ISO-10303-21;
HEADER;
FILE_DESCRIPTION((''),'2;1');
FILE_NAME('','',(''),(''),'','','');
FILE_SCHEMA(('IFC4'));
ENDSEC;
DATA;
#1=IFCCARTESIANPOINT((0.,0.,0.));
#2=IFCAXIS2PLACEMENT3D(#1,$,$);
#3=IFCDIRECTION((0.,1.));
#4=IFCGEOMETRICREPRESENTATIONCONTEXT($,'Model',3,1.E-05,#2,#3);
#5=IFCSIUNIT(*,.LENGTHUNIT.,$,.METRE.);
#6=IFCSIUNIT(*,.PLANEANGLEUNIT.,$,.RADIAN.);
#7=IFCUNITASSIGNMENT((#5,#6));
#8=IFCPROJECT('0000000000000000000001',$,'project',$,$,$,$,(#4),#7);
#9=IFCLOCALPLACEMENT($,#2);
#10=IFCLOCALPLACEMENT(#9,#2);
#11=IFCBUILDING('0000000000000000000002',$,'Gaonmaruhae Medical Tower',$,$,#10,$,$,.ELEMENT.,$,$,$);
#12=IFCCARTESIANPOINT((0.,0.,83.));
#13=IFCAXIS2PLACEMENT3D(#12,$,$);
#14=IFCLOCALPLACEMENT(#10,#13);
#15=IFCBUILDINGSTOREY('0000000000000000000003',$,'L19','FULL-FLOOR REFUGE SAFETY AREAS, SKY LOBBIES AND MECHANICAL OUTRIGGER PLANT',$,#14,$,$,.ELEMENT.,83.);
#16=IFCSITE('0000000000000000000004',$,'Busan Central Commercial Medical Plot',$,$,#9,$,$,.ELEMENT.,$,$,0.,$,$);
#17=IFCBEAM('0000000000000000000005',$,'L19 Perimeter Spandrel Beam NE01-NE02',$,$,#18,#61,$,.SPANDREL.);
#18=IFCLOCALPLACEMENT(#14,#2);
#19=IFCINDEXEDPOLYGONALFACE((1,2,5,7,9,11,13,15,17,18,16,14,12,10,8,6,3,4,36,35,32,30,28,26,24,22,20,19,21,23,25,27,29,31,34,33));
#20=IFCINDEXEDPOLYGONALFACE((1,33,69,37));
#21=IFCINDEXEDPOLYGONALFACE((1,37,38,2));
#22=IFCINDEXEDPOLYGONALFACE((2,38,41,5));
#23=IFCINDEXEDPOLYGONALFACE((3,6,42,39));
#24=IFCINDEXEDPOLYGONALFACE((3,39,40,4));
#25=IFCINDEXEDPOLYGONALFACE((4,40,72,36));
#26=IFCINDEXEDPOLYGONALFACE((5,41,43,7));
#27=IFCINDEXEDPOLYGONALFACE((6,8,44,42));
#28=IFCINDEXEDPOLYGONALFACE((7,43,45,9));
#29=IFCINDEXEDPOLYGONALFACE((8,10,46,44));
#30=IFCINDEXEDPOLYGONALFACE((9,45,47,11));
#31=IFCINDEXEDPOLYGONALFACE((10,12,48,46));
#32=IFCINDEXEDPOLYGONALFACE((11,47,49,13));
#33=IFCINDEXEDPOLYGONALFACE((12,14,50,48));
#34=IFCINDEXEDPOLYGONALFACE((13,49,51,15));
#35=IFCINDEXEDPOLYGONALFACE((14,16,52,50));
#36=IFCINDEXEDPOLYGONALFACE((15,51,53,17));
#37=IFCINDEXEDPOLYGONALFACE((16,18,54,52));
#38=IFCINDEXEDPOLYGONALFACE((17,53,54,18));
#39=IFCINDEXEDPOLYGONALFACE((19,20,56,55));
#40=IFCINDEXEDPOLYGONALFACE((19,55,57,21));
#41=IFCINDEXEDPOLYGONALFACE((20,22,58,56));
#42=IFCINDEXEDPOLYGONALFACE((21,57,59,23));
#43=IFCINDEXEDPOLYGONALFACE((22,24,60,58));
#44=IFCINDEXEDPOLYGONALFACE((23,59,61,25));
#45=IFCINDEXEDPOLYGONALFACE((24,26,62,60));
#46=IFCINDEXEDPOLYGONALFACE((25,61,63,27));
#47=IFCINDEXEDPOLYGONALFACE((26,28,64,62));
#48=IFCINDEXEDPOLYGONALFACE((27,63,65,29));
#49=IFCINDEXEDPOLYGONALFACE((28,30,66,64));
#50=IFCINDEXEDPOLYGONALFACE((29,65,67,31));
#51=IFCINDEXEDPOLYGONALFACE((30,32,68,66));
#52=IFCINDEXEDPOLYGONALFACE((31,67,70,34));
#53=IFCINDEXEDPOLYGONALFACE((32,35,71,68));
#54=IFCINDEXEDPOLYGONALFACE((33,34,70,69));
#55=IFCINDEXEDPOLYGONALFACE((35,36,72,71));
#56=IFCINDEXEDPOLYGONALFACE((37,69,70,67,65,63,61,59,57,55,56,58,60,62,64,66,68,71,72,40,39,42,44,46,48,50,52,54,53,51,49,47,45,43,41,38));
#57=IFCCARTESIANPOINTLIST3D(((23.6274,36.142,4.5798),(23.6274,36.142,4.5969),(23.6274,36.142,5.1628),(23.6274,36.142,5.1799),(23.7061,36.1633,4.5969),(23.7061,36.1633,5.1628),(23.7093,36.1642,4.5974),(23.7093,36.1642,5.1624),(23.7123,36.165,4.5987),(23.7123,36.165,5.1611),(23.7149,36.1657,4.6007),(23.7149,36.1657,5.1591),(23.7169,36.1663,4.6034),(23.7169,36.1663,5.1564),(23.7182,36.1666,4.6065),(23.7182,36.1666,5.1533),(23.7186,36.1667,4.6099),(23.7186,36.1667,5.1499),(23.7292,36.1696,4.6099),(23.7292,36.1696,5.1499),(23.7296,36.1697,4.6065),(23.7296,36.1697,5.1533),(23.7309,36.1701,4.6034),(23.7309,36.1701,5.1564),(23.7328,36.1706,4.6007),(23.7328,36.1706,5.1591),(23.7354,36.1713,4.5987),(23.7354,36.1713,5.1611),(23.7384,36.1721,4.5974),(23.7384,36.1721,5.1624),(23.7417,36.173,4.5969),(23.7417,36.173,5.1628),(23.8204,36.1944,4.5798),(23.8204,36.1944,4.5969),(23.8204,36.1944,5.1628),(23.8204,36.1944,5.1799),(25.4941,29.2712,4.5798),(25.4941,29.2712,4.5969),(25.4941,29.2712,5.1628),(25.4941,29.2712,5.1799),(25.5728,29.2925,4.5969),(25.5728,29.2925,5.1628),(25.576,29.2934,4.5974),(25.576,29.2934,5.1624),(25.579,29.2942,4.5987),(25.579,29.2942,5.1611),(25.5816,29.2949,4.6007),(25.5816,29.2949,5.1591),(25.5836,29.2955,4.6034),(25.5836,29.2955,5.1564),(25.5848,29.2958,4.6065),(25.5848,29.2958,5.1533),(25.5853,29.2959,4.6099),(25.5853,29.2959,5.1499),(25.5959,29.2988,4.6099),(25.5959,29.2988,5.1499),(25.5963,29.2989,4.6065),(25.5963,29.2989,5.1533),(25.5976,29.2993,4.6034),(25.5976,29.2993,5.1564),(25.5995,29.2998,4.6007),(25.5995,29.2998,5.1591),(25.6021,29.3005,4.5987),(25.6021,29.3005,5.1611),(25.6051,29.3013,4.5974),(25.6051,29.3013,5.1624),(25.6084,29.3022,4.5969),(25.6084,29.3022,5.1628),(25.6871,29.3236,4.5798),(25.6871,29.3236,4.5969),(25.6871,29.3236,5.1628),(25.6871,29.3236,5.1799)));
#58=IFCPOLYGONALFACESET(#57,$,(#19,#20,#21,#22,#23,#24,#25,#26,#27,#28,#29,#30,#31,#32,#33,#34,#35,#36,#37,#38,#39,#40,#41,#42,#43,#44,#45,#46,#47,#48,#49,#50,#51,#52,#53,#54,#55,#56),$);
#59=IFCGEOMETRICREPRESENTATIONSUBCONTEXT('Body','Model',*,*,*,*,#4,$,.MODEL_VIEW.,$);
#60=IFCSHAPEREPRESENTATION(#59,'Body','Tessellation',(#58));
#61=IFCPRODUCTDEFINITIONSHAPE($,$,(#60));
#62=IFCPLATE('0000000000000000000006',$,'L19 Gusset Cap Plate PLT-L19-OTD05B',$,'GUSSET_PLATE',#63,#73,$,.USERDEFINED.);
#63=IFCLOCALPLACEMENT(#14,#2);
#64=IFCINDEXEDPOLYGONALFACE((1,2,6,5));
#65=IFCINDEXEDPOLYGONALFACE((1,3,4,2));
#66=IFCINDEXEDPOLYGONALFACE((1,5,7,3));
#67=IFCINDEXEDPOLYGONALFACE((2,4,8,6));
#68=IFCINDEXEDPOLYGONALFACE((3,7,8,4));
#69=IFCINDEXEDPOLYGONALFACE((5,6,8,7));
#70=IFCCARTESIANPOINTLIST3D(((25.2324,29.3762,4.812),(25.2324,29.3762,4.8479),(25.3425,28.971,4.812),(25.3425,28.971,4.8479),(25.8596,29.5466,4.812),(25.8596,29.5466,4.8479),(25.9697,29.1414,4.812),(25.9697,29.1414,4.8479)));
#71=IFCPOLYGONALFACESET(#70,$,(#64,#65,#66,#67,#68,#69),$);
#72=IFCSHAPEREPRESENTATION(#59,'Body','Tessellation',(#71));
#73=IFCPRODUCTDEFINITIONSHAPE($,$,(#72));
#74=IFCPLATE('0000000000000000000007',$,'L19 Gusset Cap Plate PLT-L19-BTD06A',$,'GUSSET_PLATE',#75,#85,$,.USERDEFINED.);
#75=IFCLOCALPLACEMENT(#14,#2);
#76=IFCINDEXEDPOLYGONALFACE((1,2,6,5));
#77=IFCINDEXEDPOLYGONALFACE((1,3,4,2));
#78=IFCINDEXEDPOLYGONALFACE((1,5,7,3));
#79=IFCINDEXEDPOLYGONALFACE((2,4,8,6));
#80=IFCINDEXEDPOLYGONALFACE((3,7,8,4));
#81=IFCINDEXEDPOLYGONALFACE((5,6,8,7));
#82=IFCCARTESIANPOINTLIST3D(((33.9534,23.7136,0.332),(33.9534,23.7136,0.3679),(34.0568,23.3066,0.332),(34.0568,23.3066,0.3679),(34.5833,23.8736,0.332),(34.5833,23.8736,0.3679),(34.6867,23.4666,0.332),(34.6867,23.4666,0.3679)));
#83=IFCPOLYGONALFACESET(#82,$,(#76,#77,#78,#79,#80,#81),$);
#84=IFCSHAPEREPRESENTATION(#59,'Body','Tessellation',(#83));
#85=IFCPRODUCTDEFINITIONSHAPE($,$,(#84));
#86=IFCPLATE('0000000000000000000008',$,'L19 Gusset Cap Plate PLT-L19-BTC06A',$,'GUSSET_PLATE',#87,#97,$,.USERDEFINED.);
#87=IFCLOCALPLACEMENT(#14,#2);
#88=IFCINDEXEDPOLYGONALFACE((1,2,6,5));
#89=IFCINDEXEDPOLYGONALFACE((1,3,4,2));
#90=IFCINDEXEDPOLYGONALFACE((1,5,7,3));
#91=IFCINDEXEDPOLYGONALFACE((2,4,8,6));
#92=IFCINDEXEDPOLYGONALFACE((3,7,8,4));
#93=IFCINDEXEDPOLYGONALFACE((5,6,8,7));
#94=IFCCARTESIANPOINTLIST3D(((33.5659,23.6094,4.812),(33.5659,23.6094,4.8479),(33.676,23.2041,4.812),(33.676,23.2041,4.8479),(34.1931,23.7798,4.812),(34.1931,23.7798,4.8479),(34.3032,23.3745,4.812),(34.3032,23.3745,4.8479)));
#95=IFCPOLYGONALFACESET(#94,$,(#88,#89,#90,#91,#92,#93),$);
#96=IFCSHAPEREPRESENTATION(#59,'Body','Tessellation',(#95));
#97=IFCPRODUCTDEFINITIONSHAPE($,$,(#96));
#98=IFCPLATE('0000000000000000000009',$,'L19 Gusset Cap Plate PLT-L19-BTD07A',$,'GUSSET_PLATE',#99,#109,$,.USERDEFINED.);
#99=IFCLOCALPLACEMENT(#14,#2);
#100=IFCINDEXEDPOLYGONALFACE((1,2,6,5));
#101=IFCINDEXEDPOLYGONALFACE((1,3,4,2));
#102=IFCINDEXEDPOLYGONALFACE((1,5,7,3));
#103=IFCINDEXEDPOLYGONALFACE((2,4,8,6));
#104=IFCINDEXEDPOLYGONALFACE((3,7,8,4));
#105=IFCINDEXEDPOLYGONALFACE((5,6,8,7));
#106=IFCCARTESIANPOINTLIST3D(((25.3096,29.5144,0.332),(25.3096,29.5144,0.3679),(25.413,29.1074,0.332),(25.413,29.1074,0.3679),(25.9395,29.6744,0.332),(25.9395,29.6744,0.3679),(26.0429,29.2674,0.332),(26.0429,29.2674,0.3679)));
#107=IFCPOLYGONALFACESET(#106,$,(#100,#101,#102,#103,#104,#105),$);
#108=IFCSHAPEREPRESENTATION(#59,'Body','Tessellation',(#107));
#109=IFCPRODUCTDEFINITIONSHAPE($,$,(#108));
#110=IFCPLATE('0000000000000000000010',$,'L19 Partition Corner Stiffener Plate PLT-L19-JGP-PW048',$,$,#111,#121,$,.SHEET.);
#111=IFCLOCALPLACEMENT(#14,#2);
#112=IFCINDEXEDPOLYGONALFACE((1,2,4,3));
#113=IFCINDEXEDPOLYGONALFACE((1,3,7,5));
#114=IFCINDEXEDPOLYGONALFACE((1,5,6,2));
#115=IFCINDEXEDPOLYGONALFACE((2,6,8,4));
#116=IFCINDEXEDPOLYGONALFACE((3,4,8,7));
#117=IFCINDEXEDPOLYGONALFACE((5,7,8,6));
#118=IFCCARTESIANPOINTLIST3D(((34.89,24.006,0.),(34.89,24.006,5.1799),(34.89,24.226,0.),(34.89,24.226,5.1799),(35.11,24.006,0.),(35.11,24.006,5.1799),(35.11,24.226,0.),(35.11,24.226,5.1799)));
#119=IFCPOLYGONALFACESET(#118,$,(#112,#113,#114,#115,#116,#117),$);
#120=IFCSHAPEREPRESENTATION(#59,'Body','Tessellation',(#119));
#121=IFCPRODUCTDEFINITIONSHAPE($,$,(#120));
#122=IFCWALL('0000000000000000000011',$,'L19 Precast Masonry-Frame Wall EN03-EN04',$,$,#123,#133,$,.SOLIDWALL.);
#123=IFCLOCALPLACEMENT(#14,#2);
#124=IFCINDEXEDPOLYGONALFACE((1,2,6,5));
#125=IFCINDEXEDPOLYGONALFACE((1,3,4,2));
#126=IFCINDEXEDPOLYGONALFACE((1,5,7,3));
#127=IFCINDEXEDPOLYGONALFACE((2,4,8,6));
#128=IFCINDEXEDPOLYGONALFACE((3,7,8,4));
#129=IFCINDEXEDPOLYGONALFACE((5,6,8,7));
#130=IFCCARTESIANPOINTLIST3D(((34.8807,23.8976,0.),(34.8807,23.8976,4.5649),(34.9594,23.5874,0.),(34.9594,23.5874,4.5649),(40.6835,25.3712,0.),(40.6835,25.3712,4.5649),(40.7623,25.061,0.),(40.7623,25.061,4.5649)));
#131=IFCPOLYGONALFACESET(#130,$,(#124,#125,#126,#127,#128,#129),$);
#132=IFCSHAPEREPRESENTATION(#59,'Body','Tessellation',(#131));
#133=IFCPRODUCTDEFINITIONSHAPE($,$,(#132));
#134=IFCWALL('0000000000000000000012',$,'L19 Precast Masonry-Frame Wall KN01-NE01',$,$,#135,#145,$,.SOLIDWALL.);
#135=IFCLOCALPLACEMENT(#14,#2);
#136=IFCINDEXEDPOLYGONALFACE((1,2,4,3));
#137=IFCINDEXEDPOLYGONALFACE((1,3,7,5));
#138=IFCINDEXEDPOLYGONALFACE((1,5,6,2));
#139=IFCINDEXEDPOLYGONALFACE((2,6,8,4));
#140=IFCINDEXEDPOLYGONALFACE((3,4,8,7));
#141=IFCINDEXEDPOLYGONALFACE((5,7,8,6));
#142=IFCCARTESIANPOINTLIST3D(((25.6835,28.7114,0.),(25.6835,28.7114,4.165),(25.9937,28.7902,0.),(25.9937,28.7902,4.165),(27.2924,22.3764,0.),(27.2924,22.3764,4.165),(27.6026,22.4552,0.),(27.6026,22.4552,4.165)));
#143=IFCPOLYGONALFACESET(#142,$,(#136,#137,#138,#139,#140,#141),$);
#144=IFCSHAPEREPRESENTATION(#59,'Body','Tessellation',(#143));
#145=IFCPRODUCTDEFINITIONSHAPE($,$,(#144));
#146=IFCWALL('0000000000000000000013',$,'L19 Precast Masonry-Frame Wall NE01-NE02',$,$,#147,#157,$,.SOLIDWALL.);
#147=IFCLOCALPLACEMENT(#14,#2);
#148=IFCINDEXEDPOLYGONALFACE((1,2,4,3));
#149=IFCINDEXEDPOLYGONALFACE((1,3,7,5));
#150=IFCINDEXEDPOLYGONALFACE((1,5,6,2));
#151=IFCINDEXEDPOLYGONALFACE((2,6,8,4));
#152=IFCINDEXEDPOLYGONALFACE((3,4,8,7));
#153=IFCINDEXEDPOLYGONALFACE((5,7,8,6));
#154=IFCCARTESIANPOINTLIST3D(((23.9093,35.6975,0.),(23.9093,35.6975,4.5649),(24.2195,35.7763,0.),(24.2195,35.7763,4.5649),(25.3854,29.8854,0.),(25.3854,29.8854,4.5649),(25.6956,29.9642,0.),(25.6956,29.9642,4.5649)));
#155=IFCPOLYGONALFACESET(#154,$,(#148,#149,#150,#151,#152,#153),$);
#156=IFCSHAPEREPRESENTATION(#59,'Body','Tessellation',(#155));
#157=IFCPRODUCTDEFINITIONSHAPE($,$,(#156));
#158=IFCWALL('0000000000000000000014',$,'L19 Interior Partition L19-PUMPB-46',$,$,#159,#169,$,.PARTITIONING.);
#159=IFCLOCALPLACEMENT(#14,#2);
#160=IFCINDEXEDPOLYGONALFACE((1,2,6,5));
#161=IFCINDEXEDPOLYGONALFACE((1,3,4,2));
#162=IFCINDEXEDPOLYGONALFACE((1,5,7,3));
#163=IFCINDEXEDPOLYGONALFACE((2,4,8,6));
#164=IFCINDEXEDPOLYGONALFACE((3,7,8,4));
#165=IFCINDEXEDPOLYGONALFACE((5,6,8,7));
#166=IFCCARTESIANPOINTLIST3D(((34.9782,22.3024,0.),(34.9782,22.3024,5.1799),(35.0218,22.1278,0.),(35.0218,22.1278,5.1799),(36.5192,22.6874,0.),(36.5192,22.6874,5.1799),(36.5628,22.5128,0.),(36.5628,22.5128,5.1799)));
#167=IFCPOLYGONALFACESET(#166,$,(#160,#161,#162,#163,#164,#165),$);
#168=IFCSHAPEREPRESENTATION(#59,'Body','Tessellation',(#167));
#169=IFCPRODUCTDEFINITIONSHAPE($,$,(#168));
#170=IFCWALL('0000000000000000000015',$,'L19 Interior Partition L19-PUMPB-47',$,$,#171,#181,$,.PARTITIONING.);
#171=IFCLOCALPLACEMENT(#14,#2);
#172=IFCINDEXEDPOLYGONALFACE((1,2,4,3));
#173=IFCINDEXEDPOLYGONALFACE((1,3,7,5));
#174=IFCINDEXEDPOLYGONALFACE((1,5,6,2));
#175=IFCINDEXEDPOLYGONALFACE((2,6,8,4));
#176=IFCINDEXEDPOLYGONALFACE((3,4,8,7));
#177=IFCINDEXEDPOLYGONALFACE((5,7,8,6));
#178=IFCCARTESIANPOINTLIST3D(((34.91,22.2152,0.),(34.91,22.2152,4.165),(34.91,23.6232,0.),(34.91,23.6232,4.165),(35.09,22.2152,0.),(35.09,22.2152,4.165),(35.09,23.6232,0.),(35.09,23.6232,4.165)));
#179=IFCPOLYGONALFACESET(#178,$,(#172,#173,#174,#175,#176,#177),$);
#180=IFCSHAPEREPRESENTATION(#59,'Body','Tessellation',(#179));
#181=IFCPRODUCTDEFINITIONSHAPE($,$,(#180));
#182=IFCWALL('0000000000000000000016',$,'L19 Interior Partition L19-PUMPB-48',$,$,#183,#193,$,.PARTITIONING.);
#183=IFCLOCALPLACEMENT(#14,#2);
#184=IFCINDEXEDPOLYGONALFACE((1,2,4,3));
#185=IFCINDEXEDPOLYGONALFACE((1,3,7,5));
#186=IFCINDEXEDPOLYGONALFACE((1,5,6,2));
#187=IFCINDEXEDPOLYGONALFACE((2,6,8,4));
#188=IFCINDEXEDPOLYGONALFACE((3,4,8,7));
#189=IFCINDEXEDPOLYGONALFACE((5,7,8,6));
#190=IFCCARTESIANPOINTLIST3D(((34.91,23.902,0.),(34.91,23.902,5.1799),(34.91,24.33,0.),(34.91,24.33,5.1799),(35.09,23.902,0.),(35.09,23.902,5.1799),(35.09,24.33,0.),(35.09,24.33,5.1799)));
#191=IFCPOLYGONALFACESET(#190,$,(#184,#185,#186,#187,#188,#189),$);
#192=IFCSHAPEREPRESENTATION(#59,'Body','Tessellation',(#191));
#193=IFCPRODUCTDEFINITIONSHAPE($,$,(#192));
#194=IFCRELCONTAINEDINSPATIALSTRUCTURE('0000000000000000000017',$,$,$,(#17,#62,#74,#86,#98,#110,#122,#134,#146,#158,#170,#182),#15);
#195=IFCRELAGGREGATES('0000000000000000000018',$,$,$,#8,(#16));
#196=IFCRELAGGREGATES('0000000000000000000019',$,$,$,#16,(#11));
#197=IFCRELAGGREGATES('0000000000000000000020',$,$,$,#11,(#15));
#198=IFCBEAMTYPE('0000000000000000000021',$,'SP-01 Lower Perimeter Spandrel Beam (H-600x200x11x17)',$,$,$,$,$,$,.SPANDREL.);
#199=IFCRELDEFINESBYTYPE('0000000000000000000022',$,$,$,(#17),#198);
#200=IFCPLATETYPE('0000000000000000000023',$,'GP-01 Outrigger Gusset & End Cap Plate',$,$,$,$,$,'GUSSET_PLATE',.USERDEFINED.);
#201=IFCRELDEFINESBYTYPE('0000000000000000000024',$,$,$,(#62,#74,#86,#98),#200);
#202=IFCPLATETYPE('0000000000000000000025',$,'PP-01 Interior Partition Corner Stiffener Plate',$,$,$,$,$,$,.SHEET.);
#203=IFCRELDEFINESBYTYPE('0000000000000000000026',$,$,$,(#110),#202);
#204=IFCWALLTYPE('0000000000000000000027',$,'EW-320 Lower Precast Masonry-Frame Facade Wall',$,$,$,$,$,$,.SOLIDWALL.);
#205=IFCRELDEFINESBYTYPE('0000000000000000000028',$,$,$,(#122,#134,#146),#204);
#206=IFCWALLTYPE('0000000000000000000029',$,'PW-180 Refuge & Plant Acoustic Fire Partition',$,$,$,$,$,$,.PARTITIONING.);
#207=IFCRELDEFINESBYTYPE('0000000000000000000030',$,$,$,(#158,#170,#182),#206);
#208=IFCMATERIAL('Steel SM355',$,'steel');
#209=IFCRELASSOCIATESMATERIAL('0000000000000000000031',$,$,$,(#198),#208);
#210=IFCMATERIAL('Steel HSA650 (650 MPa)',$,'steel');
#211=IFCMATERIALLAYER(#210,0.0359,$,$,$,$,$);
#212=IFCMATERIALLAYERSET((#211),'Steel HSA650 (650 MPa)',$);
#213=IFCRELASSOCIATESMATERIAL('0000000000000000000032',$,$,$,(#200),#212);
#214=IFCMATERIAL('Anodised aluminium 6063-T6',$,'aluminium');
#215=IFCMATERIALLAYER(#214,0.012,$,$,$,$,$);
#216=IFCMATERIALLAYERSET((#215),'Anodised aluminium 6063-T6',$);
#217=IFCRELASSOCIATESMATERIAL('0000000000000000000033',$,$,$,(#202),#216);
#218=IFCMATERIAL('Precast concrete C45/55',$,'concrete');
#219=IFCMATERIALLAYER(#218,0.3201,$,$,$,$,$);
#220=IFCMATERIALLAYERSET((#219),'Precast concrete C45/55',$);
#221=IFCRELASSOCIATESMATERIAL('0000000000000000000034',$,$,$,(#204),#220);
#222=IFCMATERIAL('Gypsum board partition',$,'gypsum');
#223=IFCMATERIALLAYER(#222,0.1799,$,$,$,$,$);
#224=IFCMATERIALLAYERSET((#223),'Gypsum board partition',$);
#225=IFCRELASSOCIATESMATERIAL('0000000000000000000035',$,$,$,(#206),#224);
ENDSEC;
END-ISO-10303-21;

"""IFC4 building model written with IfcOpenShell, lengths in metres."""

from ifc_helpers import new_model, si_unit, direction, frame, frame_2d, origin, origin_2d, place, context, subcontext, project, spatial, rectangle, i_section, extrude, material, layer, layer_set, material_profile, profile_set, type_object, element, save


model = new_model("IFC4")

# Units and contexts
model_context = context("Model", 3, precision=1e-05, world=origin(), true_north=direction((0.0, 1.0)))
body_context = subcontext(model_context, "Body", "Model", "MODEL_VIEW")
ifc_project = project(units=[si_unit("LENGTHUNIT", "METRE"), si_unit("PLANEANGLEUNIT", "RADIAN")], contexts=[model_context])

# Site, building, storey
site_placement = place(None, origin())
site = spatial("IfcSite", under=ifc_project, at=site_placement, Name="Busan Central Commercial Medical Plot", CompositionType="ELEMENT", RefElevation=0.0)
building_placement = place(site_placement, origin())
building = spatial("IfcBuilding", under=site, at=building_placement, Name="Gaonmaruhae Medical Tower", CompositionType="ELEMENT")
storey_placement = place(building_placement, frame((0.0, 0.0, 83.0)))
storey = spatial("IfcBuildingStorey", under=building, at=storey_placement, Name="L19", Description="FULL-FLOOR REFUGE SAFETY AREAS, SKY LOBBIES AND MECHANICAL OUTRIGGER PLANT", CompositionType="ELEMENT", Elevation=83.0)

# Shared definitions
ifc_material_1 = material(Name="Steel HSA650 (650 MPa)", Category="steel")

# Beam
ifc_material_2 = material(Name="Steel SM355", Category="steel")
ifc_material_profile_1 = material_profile(ifc_material_2, i_section(OverallWidth=0.2, OverallDepth=0.6001, WebThickness=0.011, FlangeThickness=0.0171, FilletRadius=0.0129, at=origin_2d()), Name="H-600x200x11x17")
ifc_profile_set_1 = profile_set([ifc_material_profile_1], Name="Steel SM355")
beam_type = type_object("IfcBeamType", Name="SP-01 Lower Perimeter Spandrel Beam (H-600x200x11x17)", PredefinedType="SPANDREL", material=ifc_profile_set_1)
beam_1_placement = place(storey_placement, frame((25.5906, 29.2974, 4.8799), z_axis=(-0.26218, 0.965019, 0.0), x_axis=(-0.965019, -0.26218, 0.0)))
element("IfcBeam", 1, at=beam_1_placement, inside=storey, type_object=beam_type, Name="L19 Perimeter Spandrel Beam NE01-NE02", PredefinedType="SPANDREL", context=body_context, shape_type="SweptSolid", body=[
    extrude(i_section(OverallWidth=0.2, OverallDepth=0.6001, WebThickness=0.011, FlangeThickness=0.0171, FilletRadius=0.0129, at=origin_2d()), origin(), (0.0, 0.0, 1.0), 7.1199),
])

# Plates
ifc_layer_1 = layer(ifc_material_1, 0.0359)
ifc_layer_set_1 = layer_set([ifc_layer_1], Name="Steel HSA650 (650 MPa)")
plate_type_1 = type_object("IfcPlateType", Name="GP-01 Outrigger Gusset & End Cap Plate", ElementType="GUSSET_PLATE", PredefinedType="USERDEFINED", material=ifc_layer_set_1)
for number, where, z_axis, x_axis, name in (
    (2, (25.6011, 29.2588, 4.812), (0.0, 0.0, 1.0), (0.965016, 0.262189, 0.0), "L19 Gusset Cap Plate PLT-L19-OTD05B"),
    (3, (34.3201, 23.5901, 0.332), (0.0, 0.0, 1.0), (0.969231, 0.246153, 0.0), "L19 Gusset Cap Plate PLT-L19-BTD06A"),
    (4, (33.9346, 23.4919, 4.812), (0.0, 0.0, 1.0), (0.965016, 0.262189, 0.0), "L19 Gusset Cap Plate PLT-L19-BTC06A"),
    (5, (25.6763, 29.3909, 0.332), (0.0, 0.0, 1.0), (0.969231, 0.246153, 0.0), "L19 Gusset Cap Plate PLT-L19-BTD07A"),
):
    element("IfcPlate", number, at=place(storey_placement, frame(where, z_axis=z_axis, x_axis=x_axis)), inside=storey, type_object=plate_type_1, Name=name, ObjectType="GUSSET_PLATE", PredefinedType="USERDEFINED", context=body_context, shape_type="SweptSolid", body=[
        extrude(rectangle(XDim=0.6499, YDim=0.4199, at=origin_2d()), origin(), (0.0, 0.0, 1.0), 0.0359),
    ])
ifc_material_3 = material(Name="Anodised aluminium 6063-T6", Category="aluminium")
ifc_layer_2 = layer(ifc_material_3, 0.012)
ifc_layer_set_2 = layer_set([ifc_layer_2], Name="Anodised aluminium 6063-T6")
plate_type_2 = type_object("IfcPlateType", Name="PP-01 Interior Partition Corner Stiffener Plate", PredefinedType="SHEET", material=ifc_layer_set_2)
plate_placement = place(storey_placement, frame((35.0, 24.116, 0.0), z_axis=(0.0, 0.0, 1.0), x_axis=(0.0, 1.0, 0.0)))
element("IfcPlate", 6, at=plate_placement, inside=storey, type_object=plate_type_2, Name="L19 Partition Corner Stiffener Plate PLT-L19-JGP-PW048", PredefinedType="SHEET", context=body_context, shape_type="SweptSolid", body=[
    extrude(rectangle(XDim=0.22, YDim=0.22, at=origin_2d()), origin(), (0.0, 0.0, 1.0), 5.1799),
])

# Walls
ifc_material_4 = material(Name="Precast concrete C45/55", Category="concrete")
ifc_layer_3 = layer(ifc_material_4, 0.3201)
ifc_layer_set_3 = layer_set([ifc_layer_3], Name="Precast concrete C45/55")
wall_type_1 = type_object("IfcWallType", Name="EW-320 Lower Precast Masonry-Frame Facade Wall", PredefinedType="SOLIDWALL", material=ifc_layer_set_3)
wall_1_placement = place(storey_placement, frame((34.9199, 23.7424, 0.0), z_axis=(0.0, 0.0, 1.0), x_axis=(0.969236, 0.246132, 0.0)))
element("IfcWall", 7, at=wall_1_placement, inside=storey, type_object=wall_type_1, Name="L19 Precast Masonry-Frame Wall EN03-EN04", PredefinedType="SOLIDWALL", context=body_context, shape_type="SweptSolid", body=[
    extrude(rectangle(XDim=5.9871, YDim=0.3201, at=frame_2d((2.9937, 0.0))), origin(), (0.0, 0.0, 1.0), 4.5649),
])
wall_2_placement = place(storey_placement, frame((27.4475, 22.4158, 0.0), z_axis=(0.0, 0.0, 1.0), x_axis=(-0.246155, 0.96923, 0.0)))
element("IfcWall", 8, at=wall_2_placement, inside=storey, type_object=wall_type_1, Name="L19 Precast Masonry-Frame Wall KN01-NE01", PredefinedType="SOLIDWALL", context=body_context, shape_type="SweptSolid", body=[
    extrude(rectangle(XDim=6.5361, YDim=0.3201, at=frame_2d((3.2681, 0.0))), origin(), (0.0, 0.0, 1.0), 4.165),
])
wall_3_placement = place(storey_placement, frame((25.5405, 29.9248, 0.0), z_axis=(0.0, 0.0, 1.0), x_axis=(-0.246155, 0.96923, 0.0)))
element("IfcWall", 9, at=wall_3_placement, inside=storey, type_object=wall_type_1, Name="L19 Precast Masonry-Frame Wall NE01-NE02", PredefinedType="SOLIDWALL", context=body_context, shape_type="SweptSolid", body=[
    extrude(rectangle(XDim=5.9966, YDim=0.3201, at=frame_2d((2.9983, 0.0))), origin(), (0.0, 0.0, 1.0), 4.5649),
])
ifc_material_5 = material(Name="Gypsum board partition", Category="gypsum")
ifc_layer_4 = layer(ifc_material_5, 0.1799)
ifc_layer_set_4 = layer_set([ifc_layer_4], Name="Gypsum board partition")
wall_type_2 = type_object("IfcWallType", Name="PW-180 Refuge & Plant Acoustic Fire Partition", PredefinedType="PARTITIONING", material=ifc_layer_set_4)
wall_4_placement = place(storey_placement, frame((36.541, 22.6001, 0.0), z_axis=(0.0, 0.0, 1.0), x_axis=(-0.970179, -0.242391, 0.0)))
element("IfcWall", 10, at=wall_4_placement, inside=storey, type_object=wall_type_2, Name="L19 Interior Partition L19-PUMPB-46", PredefinedType="PARTITIONING", context=body_context, shape_type="SweptSolid", body=[
    extrude(rectangle(XDim=1.5884, YDim=0.1799, at=frame_2d((0.7942, 0.0))), origin(), (0.0, 0.0, 1.0), 5.1799),
])
wall_5_placement = place(storey_placement, frame((35.0, 22.2151, 0.0), z_axis=(0.0, 0.0, 1.0), x_axis=(0.0, 1.0, 0.0)))
element("IfcWall", 11, at=wall_5_placement, inside=storey, type_object=wall_type_2, Name="L19 Interior Partition L19-PUMPB-47", PredefinedType="PARTITIONING", context=body_context, shape_type="SweptSolid", body=[
    extrude(rectangle(XDim=1.408, YDim=0.1799, at=frame_2d((0.7041, 0.0))), origin(), (0.0, 0.0, 1.0), 4.165),
])
wall_6_placement = place(storey_placement, frame((35.0, 23.9021, 0.0), z_axis=(0.0, 0.0, 1.0), x_axis=(0.0, 1.0, 0.0)))
element("IfcWall", 12, at=wall_6_placement, inside=storey, type_object=wall_type_2, Name="L19 Interior Partition L19-PUMPB-48", PredefinedType="PARTITIONING", context=body_context, shape_type="SweptSolid", body=[
    extrude(rectangle(XDim=0.428, YDim=0.1799, at=frame_2d((0.2139, 0.0))), origin(), (0.0, 0.0, 1.0), 5.1799),
])

save(model, "model.ifc")
